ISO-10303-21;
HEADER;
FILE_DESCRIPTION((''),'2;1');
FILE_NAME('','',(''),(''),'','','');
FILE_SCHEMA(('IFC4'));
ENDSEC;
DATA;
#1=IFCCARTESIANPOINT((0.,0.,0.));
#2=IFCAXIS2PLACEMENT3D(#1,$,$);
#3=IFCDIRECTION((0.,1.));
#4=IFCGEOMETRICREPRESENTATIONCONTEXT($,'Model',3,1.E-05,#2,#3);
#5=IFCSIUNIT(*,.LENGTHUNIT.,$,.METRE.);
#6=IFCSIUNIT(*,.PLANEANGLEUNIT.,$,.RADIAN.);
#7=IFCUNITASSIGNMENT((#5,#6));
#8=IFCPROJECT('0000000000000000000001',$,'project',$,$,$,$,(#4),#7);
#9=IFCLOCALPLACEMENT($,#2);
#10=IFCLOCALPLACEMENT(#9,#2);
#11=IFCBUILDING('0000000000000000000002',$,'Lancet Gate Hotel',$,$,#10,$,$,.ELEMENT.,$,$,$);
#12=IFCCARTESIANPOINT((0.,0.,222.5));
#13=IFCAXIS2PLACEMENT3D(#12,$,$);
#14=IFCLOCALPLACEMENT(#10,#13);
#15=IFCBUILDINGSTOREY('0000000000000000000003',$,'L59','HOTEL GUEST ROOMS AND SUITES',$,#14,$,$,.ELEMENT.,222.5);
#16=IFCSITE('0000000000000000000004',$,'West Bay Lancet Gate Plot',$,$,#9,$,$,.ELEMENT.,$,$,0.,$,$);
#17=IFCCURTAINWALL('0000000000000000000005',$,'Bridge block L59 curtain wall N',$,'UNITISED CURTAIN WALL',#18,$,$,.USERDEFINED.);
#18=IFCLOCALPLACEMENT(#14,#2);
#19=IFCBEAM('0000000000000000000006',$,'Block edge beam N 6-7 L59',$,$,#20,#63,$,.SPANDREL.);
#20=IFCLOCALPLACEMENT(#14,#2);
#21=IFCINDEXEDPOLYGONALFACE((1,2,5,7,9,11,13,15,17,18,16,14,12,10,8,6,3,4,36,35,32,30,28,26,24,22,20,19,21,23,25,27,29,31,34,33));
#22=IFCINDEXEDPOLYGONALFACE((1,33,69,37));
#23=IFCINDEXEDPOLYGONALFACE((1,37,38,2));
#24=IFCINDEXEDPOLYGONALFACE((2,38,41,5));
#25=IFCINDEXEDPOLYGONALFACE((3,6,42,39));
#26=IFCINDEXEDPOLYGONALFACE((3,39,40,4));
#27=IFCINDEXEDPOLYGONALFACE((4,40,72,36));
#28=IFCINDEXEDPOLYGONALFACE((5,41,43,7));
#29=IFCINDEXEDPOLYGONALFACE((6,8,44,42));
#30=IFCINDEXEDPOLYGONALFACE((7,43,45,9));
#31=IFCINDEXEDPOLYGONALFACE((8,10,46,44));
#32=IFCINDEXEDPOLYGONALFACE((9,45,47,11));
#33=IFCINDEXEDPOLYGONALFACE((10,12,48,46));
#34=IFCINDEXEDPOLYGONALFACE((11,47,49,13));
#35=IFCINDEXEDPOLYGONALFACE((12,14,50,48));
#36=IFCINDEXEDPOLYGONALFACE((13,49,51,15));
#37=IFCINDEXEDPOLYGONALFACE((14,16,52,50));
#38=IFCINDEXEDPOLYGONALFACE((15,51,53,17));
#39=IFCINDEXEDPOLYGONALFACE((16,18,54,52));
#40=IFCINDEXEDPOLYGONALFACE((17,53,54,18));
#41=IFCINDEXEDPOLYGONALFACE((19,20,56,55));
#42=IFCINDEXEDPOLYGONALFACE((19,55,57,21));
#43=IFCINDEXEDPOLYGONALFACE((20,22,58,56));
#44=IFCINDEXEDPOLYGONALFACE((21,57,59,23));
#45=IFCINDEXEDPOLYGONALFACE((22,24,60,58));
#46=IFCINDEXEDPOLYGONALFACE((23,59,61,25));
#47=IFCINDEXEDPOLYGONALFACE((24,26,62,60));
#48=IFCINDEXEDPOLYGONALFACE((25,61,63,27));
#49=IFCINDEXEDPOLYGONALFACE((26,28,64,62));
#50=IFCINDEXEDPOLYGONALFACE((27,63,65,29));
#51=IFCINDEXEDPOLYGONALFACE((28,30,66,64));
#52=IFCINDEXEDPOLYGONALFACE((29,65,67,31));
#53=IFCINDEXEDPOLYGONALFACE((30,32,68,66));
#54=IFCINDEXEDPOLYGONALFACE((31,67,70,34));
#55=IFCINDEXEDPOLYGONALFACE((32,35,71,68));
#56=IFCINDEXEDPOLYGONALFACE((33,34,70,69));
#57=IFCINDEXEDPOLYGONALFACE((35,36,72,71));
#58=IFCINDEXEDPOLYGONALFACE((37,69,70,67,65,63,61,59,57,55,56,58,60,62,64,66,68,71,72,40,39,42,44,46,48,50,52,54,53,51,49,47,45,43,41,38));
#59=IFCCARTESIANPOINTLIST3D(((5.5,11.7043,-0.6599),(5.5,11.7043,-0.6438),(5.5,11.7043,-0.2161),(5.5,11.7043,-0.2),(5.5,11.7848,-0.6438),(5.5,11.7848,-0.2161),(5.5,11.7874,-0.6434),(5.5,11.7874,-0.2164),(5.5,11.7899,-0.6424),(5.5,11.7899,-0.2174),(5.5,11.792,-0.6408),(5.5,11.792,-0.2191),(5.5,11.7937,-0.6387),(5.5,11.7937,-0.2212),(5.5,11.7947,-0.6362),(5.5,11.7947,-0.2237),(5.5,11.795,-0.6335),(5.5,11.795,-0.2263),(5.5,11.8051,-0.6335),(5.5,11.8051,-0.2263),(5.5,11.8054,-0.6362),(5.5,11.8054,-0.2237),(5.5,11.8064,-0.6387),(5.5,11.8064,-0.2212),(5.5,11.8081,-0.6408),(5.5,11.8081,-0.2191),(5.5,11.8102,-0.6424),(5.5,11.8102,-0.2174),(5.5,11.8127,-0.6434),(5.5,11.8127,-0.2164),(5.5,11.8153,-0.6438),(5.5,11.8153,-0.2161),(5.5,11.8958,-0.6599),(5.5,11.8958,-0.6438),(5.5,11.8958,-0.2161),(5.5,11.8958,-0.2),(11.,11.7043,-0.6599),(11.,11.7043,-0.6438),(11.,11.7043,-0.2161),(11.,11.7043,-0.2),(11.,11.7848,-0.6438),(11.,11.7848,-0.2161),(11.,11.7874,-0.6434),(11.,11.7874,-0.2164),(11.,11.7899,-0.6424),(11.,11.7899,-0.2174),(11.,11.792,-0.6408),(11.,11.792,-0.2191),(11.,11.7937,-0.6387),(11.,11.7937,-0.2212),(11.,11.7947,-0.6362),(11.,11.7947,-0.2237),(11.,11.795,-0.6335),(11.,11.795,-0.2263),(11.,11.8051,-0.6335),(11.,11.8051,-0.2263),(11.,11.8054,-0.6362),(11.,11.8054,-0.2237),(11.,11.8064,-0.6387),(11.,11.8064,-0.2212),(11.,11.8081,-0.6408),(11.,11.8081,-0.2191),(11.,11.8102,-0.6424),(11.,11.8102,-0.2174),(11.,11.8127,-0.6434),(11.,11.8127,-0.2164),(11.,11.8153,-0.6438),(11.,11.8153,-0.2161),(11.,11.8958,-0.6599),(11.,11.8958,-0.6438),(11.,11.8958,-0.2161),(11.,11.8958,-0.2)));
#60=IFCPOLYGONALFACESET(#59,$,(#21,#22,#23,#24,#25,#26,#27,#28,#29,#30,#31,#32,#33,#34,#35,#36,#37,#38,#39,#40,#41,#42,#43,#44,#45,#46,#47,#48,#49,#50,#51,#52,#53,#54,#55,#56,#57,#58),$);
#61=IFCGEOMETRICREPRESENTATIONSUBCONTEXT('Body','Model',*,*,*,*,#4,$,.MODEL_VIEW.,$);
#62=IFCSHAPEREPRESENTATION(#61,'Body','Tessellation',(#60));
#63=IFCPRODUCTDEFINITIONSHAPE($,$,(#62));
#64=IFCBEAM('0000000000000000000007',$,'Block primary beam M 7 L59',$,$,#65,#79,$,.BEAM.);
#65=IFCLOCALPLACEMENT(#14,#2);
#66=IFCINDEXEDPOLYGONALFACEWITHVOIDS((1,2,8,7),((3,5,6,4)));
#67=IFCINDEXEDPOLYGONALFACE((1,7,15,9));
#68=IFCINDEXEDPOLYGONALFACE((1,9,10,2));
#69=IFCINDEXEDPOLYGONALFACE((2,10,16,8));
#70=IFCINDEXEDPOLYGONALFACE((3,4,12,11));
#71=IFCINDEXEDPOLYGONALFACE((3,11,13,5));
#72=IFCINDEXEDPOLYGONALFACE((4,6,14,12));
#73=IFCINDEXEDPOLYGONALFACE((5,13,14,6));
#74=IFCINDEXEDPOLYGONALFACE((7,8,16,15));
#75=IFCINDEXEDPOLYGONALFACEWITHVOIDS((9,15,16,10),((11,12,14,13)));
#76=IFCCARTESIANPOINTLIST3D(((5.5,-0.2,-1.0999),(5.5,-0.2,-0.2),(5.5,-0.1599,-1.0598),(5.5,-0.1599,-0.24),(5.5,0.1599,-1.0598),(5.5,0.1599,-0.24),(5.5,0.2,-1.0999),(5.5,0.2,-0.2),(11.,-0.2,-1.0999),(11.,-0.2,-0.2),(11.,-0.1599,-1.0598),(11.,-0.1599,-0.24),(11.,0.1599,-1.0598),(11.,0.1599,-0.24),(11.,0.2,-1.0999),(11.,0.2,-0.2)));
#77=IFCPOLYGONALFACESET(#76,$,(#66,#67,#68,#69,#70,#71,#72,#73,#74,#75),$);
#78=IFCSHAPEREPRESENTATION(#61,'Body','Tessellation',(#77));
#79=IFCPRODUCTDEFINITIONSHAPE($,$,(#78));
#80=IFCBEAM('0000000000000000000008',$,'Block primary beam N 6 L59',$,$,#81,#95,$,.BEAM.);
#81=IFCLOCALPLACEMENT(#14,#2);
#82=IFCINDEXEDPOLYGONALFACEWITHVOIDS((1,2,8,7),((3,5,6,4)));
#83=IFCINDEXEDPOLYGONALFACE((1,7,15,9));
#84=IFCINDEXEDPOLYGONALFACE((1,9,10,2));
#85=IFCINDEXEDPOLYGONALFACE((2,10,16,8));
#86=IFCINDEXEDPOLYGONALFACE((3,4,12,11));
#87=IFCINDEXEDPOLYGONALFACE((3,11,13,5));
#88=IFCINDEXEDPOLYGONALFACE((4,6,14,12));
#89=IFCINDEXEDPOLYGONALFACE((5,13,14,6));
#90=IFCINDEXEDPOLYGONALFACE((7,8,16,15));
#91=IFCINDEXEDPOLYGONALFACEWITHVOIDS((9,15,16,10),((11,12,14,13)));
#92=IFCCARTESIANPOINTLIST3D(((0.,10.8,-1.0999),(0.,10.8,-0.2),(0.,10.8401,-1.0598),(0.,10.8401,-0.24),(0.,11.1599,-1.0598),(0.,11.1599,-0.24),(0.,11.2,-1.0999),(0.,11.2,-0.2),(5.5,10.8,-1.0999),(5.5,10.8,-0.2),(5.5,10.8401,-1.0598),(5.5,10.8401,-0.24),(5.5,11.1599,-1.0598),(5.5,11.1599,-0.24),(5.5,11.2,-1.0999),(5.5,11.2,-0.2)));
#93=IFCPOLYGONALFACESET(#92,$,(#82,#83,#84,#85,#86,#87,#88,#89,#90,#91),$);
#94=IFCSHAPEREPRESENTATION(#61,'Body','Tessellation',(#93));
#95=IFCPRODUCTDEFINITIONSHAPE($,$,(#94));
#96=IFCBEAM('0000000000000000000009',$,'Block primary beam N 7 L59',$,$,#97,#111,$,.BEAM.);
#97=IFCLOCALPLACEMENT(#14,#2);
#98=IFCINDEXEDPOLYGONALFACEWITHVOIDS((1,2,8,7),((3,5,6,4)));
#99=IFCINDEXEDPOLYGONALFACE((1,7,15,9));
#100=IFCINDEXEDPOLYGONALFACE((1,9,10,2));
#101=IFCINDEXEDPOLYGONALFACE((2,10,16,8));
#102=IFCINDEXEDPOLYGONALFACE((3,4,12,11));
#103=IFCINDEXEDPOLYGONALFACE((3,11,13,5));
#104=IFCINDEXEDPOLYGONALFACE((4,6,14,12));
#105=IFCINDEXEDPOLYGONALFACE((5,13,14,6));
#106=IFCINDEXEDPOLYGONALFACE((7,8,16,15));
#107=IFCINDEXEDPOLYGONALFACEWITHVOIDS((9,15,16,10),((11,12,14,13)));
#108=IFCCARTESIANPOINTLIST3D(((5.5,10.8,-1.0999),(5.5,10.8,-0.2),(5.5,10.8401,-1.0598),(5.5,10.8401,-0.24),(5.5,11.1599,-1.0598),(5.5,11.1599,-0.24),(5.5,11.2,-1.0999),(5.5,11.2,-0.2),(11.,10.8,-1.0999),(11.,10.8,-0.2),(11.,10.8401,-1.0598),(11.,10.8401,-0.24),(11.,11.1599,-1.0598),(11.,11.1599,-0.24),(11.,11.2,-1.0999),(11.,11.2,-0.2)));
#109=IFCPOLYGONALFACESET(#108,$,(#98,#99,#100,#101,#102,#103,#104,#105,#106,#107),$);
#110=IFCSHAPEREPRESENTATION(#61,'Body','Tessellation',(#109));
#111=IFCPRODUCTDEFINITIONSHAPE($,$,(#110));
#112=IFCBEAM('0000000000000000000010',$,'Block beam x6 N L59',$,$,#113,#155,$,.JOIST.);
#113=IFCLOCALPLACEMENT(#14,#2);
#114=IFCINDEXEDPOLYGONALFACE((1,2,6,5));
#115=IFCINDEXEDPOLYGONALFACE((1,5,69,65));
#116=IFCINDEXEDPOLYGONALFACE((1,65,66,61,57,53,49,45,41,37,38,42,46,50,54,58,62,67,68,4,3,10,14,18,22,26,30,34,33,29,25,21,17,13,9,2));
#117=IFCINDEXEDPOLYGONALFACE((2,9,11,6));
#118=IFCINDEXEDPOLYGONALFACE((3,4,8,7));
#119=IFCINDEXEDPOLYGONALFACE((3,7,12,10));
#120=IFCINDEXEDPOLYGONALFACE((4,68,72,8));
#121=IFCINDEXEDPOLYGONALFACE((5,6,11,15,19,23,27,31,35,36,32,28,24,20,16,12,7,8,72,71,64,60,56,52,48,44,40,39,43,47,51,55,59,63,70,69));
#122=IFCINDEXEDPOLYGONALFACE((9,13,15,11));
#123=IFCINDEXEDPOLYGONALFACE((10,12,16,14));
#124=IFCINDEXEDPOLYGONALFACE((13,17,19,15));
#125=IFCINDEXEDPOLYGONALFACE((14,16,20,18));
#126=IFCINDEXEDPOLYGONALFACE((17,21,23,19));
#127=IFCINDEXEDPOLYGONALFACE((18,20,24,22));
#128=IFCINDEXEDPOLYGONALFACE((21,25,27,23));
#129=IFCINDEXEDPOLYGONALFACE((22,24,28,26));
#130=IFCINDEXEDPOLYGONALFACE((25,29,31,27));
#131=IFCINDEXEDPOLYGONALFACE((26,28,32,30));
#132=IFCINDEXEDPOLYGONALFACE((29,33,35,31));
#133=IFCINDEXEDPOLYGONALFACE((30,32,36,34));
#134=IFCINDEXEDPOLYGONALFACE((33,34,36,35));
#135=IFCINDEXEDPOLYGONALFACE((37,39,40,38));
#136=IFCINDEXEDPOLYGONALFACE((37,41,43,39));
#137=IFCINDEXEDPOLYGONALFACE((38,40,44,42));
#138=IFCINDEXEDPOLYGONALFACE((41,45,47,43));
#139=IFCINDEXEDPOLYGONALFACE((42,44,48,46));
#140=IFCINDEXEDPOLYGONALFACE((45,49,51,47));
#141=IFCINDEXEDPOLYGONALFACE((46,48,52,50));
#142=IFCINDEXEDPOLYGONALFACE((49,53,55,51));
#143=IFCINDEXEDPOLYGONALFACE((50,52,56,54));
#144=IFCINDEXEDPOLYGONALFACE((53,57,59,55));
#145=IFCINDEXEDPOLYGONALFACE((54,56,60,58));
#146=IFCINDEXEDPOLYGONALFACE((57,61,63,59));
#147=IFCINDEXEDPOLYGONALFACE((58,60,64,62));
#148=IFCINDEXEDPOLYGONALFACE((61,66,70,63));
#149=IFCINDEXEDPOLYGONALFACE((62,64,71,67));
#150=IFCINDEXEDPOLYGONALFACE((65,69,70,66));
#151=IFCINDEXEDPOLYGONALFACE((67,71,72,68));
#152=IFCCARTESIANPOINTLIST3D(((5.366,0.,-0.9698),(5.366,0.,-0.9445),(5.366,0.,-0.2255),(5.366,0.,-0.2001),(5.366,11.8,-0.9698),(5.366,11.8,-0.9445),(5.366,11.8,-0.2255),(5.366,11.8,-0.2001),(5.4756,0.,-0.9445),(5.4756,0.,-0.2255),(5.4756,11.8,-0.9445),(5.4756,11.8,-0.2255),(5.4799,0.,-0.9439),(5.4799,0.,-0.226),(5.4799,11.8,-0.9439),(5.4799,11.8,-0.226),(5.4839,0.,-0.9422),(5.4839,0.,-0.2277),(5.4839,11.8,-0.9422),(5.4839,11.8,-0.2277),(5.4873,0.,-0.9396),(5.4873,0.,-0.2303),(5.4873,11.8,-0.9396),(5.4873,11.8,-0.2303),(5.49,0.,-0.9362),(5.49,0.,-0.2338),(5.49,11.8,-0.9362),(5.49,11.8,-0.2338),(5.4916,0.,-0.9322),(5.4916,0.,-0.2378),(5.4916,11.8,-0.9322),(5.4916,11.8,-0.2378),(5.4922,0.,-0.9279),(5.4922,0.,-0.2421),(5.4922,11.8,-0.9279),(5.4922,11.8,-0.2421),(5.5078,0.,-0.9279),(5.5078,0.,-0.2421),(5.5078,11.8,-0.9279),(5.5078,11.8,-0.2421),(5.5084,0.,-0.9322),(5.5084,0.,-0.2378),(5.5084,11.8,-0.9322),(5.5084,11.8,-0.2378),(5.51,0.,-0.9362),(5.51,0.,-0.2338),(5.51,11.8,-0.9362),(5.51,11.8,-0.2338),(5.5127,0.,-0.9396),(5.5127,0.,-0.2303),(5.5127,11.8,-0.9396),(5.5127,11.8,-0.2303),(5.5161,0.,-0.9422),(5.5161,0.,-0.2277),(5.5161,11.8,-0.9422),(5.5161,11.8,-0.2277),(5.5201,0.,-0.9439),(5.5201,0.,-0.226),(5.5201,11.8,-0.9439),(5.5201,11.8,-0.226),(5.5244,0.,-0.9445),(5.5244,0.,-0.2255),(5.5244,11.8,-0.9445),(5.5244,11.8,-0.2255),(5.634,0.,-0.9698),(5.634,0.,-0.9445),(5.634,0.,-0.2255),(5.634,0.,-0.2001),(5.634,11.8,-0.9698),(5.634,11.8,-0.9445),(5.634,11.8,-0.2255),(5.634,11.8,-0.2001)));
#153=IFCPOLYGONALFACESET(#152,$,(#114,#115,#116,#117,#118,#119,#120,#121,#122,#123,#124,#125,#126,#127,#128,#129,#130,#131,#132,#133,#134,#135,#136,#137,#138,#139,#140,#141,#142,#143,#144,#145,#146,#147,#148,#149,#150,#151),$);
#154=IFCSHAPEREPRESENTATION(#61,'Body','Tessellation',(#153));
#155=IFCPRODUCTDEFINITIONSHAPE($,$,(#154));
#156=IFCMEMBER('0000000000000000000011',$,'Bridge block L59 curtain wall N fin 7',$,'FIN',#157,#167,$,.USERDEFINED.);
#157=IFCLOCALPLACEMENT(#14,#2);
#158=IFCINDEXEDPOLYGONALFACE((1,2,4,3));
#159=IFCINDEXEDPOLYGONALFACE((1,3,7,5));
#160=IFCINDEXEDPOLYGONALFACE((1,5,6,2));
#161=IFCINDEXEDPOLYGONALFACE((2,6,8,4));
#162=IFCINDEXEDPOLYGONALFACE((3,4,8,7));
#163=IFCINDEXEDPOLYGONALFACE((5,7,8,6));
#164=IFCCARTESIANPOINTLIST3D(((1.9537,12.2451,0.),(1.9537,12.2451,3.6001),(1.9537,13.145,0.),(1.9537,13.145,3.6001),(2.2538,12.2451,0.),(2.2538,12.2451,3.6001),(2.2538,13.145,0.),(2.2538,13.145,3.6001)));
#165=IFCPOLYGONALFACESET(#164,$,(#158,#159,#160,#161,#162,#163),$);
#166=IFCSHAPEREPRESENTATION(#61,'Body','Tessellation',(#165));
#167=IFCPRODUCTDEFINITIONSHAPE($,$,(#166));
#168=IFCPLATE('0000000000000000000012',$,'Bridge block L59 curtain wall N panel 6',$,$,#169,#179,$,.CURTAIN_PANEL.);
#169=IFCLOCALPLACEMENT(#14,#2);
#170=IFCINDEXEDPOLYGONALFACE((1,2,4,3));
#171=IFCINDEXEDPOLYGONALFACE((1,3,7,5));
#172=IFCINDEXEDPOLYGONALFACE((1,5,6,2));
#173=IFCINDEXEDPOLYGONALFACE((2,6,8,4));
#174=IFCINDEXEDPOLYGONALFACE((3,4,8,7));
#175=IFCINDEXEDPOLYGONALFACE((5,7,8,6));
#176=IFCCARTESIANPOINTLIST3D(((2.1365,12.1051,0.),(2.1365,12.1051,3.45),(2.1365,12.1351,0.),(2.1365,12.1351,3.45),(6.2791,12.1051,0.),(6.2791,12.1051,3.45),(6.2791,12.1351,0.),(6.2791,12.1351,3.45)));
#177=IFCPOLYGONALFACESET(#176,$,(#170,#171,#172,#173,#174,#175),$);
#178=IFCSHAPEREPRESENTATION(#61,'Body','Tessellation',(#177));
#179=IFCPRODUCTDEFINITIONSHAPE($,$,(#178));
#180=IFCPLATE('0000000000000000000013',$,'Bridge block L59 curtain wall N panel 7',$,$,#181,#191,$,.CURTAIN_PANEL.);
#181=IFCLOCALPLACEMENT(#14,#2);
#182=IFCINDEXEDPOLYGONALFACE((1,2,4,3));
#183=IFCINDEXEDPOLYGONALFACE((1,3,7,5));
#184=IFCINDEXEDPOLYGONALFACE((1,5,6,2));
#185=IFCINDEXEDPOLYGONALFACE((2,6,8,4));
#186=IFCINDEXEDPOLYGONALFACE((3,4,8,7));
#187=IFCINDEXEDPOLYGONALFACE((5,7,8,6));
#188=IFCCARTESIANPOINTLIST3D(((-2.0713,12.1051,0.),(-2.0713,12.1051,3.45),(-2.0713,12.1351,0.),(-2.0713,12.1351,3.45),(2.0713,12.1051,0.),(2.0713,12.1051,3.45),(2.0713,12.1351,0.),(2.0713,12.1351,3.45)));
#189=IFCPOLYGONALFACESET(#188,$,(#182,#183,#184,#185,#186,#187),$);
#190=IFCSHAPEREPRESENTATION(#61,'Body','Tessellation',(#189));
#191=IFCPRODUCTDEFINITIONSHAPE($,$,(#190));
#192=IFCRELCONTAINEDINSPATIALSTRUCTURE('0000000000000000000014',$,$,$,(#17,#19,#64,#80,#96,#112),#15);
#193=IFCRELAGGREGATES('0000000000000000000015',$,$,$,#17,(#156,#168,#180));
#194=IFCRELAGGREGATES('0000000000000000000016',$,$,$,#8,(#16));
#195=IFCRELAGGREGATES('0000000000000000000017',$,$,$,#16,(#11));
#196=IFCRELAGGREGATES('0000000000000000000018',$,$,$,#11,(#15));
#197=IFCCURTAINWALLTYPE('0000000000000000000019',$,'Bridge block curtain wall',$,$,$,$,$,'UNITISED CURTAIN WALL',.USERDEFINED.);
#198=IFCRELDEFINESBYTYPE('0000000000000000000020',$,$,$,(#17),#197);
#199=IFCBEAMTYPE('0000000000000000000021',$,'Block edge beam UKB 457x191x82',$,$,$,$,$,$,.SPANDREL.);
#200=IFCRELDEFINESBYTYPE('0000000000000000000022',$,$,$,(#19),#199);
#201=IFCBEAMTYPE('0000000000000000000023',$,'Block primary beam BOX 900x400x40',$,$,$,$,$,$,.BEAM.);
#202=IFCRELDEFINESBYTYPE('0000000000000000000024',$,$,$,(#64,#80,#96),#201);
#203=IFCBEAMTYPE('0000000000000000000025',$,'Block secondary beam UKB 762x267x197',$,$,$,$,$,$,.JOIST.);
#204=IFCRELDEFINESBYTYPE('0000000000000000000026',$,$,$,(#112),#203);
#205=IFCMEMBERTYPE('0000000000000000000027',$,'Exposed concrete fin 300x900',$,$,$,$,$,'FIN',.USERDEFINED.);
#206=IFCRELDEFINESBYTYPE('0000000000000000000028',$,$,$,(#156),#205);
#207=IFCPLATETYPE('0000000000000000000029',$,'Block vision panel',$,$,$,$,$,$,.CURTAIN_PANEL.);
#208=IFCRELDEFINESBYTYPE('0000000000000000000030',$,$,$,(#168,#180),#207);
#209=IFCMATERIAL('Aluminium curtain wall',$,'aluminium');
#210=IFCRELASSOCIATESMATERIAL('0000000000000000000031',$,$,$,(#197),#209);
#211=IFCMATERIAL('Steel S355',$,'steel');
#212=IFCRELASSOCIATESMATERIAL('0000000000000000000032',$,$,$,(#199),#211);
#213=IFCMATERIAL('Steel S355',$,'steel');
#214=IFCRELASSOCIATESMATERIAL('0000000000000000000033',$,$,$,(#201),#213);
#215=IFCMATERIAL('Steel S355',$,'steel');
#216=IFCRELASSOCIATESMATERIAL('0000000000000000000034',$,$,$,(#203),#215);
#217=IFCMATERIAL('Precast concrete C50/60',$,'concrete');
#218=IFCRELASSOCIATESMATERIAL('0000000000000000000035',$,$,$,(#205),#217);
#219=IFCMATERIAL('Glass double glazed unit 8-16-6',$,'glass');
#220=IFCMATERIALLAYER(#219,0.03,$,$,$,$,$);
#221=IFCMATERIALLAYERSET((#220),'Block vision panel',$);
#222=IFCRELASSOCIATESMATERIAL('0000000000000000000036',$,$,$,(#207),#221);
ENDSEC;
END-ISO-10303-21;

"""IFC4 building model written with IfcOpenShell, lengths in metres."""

from ifc_helpers import new_model, si_unit, direction, frame, origin, origin_2d, place, context, subcontext, project, spatial, rectangle, hollow_rectangle, i_section, extrude, material, layer, layer_set, material_profile, profile_set, type_object, element, aggregate, save


model = new_model("IFC4")

# Units and contexts
model_context = context("Model", 3, precision=1e-05, world=origin(), true_north=direction((0.0, 1.0)))
body_context = subcontext(model_context, "Body", "Model", "MODEL_VIEW")
ifc_project = project(units=[si_unit("LENGTHUNIT", "METRE"), si_unit("PLANEANGLEUNIT", "RADIAN")], contexts=[model_context])

# Site, building, storey
site_placement = place(None, origin())
site = spatial("IfcSite", under=ifc_project, at=site_placement, Name="West Bay Lancet Gate Plot", CompositionType="ELEMENT", RefElevation=0.0)
building_placement = place(site_placement, origin())
building = spatial("IfcBuilding", under=site, at=building_placement, Name="Lancet Gate Hotel", CompositionType="ELEMENT")
storey_placement = place(building_placement, frame((0.0, 0.0, 222.5)))
storey = spatial("IfcBuildingStorey", under=building, at=storey_placement, Name="L59", Description="HOTEL GUEST ROOMS AND SUITES", CompositionType="ELEMENT", Elevation=222.5)

# Curtain wall
ifc_material_1 = material(Name="Aluminium curtain wall", Category="aluminium")
curtain_wall_type = type_object("IfcCurtainWallType", Name="Bridge block curtain wall", ElementType="UNITISED CURTAIN WALL", PredefinedType="USERDEFINED", material=ifc_material_1)
curtain_wall_placement = place(storey_placement, origin())
curtain_wall = element("IfcCurtainWall", 1, at=curtain_wall_placement, inside=storey, type_object=curtain_wall_type, Name="Bridge block L59 curtain wall N", ObjectType="UNITISED CURTAIN WALL", PredefinedType="USERDEFINED")

# Beams
ifc_material_2 = material(Name="Steel S355", Category="steel")
ifc_material_profile_1 = material_profile(ifc_material_2, i_section(OverallWidth=0.1914, OverallDepth=0.46, WebThickness=0.01, FlangeThickness=0.0161, FilletRadius=0.0103, at=origin_2d()), Name="UKB 457x191x82")
ifc_profile_set_1 = profile_set([ifc_material_profile_1], Name="Steel S355")
beam_type_1 = type_object("IfcBeamType", Name="Block edge beam UKB 457x191x82", PredefinedType="SPANDREL", material=ifc_profile_set_1)
beam_1_placement = place(storey_placement, frame((5.5, 11.8, -0.4299), z_axis=(1.0, 0.0, 0.0), x_axis=(0.0, 1.0, 0.0)))
element("IfcBeam", 2, at=beam_1_placement, inside=storey, type_object=beam_type_1, Name="Block edge beam N 6-7 L59", PredefinedType="SPANDREL", context=body_context, shape_type="SweptSolid", body=[
    extrude(i_section(OverallWidth=0.1914, OverallDepth=0.46, WebThickness=0.01, FlangeThickness=0.0161, FilletRadius=0.0103, at=origin_2d()), origin(), (0.0, 0.0, 1.0), 5.5),
])
ifc_material_3 = material(Name="Steel S355", Category="steel")
ifc_material_profile_2 = material_profile(ifc_material_3, hollow_rectangle(XDim=0.3999, YDim=0.8999, WallThickness=0.04, at=origin_2d()), Name="BOX 900x400x40")
ifc_profile_set_2 = profile_set([ifc_material_profile_2], Name="Steel S355")
beam_type_2 = type_object("IfcBeamType", Name="Block primary beam BOX 900x400x40", PredefinedType="BEAM", material=ifc_profile_set_2)
for number, where, z_axis, x_axis, name in (
    (3, (5.5, 0.0, -0.6499), (1.0, 0.0, 0.0), (0.0, 1.0, 0.0), "Block primary beam M 7 L59"),
    (4, (0.0, 11.0, -0.6499), (1.0, 0.0, 0.0), (0.0, 1.0, 0.0), "Block primary beam N 6 L59"),
    (5, (5.5, 11.0, -0.6499), (1.0, 0.0, 0.0), (0.0, 1.0, 0.0), "Block primary beam N 7 L59"),
):
    element("IfcBeam", number, at=place(storey_placement, frame(where, z_axis=z_axis, x_axis=x_axis)), inside=storey, type_object=beam_type_2, Name=name, PredefinedType="BEAM", context=body_context, shape_type="SweptSolid", body=[
        extrude(hollow_rectangle(XDim=0.3999, YDim=0.8999, WallThickness=0.04, at=origin_2d()), origin(), (0.0, 0.0, 1.0), 5.5),
    ])
ifc_material_4 = material(Name="Steel S355", Category="steel")
ifc_material_profile_3 = material_profile(ifc_material_4, i_section(OverallWidth=0.2681, OverallDepth=0.7698, WebThickness=0.0156, FlangeThickness=0.0254, FilletRadius=0.0166, at=origin_2d()), Name="UKB 762x267x197")
ifc_profile_set_3 = profile_set([ifc_material_profile_3], Name="Steel S355")
beam_type_3 = type_object("IfcBeamType", Name="Block secondary beam UKB 762x267x197", PredefinedType="JOIST", material=ifc_profile_set_3)
beam_2_placement = place(storey_placement, frame((5.5, 0.0, -0.585), z_axis=(0.0, 1.0, 0.0), x_axis=(-1.0, 0.0, 0.0)))
element("IfcBeam", 6, at=beam_2_placement, inside=storey, type_object=beam_type_3, Name="Block beam x6 N L59", PredefinedType="JOIST", context=body_context, shape_type="SweptSolid", body=[
    extrude(i_section(OverallWidth=0.2681, OverallDepth=0.7698, WebThickness=0.0156, FlangeThickness=0.0254, FilletRadius=0.0166, at=origin_2d()), origin(), (0.0, 0.0, 1.0), 11.8),
])

# Member
ifc_material_5 = material(Name="Precast concrete C50/60", Category="concrete")
ifc_material_profile_4 = material_profile(ifc_material_5, rectangle(XDim=0.3, YDim=0.8999, at=origin_2d()), Name="FIN 300x900")
ifc_profile_set_4 = profile_set([ifc_material_profile_4], Name="Precast concrete C50/60")
member_type_1 = type_object("IfcMemberType", Name="Exposed concrete fin 300x900", ElementType="FIN", PredefinedType="USERDEFINED", material=ifc_profile_set_4)
member_1_placement = place(storey_placement, frame((2.1038, 12.6951, 0.0), z_axis=(0.0, 0.0, 1.0), x_axis=(-1.0, 0.0, 0.0)))
member_1 = element("IfcMember", 7, at=member_1_placement, type_object=member_type_1, Name="Bridge block L59 curtain wall N fin 7", ObjectType="FIN", PredefinedType="USERDEFINED", context=body_context, shape_type="SweptSolid", body=[
    extrude(rectangle(XDim=0.3, YDim=0.8999, at=origin_2d()), origin(), (0.0, 0.0, 1.0), 3.6001),
])

# Plates
ifc_material_6 = material(Name="Glass double glazed unit 8-16-6", Category="glass")
ifc_layer_1 = layer(ifc_material_6, 0.03)
ifc_layer_set_1 = layer_set([ifc_layer_1], Name="Block vision panel")
plate_type = type_object("IfcPlateType", Name="Block vision panel", PredefinedType="CURTAIN_PANEL", material=ifc_layer_set_1)
plate_1_placement = place(storey_placement, frame((4.2078, 12.1201, 0.0), z_axis=(0.0, 0.0, 1.0), x_axis=(-1.0, 0.0, 0.0)))
plate_1 = element("IfcPlate", 8, at=plate_1_placement, type_object=plate_type, Name="Bridge block L59 curtain wall N panel 6", PredefinedType="CURTAIN_PANEL", context=body_context, shape_type="SweptSolid", body=[
    extrude(rectangle(XDim=4.1426, YDim=0.03, at=origin_2d()), origin(), (0.0, 0.0, 1.0), 3.45),
])
plate_2_placement = place(storey_placement, frame((0.0, 12.1201, 0.0), z_axis=(0.0, 0.0, 1.0), x_axis=(-1.0, 0.0, 0.0)))
plate_2 = element("IfcPlate", 9, at=plate_2_placement, type_object=plate_type, Name="Bridge block L59 curtain wall N panel 7", PredefinedType="CURTAIN_PANEL", context=body_context, shape_type="SweptSolid", body=[
    extrude(rectangle(XDim=4.1426, YDim=0.03, at=origin_2d()), origin(), (0.0, 0.0, 1.0), 3.45),
])
aggregate(curtain_wall, [member_1, plate_1, plate_2])

save(model, "model.ifc")
